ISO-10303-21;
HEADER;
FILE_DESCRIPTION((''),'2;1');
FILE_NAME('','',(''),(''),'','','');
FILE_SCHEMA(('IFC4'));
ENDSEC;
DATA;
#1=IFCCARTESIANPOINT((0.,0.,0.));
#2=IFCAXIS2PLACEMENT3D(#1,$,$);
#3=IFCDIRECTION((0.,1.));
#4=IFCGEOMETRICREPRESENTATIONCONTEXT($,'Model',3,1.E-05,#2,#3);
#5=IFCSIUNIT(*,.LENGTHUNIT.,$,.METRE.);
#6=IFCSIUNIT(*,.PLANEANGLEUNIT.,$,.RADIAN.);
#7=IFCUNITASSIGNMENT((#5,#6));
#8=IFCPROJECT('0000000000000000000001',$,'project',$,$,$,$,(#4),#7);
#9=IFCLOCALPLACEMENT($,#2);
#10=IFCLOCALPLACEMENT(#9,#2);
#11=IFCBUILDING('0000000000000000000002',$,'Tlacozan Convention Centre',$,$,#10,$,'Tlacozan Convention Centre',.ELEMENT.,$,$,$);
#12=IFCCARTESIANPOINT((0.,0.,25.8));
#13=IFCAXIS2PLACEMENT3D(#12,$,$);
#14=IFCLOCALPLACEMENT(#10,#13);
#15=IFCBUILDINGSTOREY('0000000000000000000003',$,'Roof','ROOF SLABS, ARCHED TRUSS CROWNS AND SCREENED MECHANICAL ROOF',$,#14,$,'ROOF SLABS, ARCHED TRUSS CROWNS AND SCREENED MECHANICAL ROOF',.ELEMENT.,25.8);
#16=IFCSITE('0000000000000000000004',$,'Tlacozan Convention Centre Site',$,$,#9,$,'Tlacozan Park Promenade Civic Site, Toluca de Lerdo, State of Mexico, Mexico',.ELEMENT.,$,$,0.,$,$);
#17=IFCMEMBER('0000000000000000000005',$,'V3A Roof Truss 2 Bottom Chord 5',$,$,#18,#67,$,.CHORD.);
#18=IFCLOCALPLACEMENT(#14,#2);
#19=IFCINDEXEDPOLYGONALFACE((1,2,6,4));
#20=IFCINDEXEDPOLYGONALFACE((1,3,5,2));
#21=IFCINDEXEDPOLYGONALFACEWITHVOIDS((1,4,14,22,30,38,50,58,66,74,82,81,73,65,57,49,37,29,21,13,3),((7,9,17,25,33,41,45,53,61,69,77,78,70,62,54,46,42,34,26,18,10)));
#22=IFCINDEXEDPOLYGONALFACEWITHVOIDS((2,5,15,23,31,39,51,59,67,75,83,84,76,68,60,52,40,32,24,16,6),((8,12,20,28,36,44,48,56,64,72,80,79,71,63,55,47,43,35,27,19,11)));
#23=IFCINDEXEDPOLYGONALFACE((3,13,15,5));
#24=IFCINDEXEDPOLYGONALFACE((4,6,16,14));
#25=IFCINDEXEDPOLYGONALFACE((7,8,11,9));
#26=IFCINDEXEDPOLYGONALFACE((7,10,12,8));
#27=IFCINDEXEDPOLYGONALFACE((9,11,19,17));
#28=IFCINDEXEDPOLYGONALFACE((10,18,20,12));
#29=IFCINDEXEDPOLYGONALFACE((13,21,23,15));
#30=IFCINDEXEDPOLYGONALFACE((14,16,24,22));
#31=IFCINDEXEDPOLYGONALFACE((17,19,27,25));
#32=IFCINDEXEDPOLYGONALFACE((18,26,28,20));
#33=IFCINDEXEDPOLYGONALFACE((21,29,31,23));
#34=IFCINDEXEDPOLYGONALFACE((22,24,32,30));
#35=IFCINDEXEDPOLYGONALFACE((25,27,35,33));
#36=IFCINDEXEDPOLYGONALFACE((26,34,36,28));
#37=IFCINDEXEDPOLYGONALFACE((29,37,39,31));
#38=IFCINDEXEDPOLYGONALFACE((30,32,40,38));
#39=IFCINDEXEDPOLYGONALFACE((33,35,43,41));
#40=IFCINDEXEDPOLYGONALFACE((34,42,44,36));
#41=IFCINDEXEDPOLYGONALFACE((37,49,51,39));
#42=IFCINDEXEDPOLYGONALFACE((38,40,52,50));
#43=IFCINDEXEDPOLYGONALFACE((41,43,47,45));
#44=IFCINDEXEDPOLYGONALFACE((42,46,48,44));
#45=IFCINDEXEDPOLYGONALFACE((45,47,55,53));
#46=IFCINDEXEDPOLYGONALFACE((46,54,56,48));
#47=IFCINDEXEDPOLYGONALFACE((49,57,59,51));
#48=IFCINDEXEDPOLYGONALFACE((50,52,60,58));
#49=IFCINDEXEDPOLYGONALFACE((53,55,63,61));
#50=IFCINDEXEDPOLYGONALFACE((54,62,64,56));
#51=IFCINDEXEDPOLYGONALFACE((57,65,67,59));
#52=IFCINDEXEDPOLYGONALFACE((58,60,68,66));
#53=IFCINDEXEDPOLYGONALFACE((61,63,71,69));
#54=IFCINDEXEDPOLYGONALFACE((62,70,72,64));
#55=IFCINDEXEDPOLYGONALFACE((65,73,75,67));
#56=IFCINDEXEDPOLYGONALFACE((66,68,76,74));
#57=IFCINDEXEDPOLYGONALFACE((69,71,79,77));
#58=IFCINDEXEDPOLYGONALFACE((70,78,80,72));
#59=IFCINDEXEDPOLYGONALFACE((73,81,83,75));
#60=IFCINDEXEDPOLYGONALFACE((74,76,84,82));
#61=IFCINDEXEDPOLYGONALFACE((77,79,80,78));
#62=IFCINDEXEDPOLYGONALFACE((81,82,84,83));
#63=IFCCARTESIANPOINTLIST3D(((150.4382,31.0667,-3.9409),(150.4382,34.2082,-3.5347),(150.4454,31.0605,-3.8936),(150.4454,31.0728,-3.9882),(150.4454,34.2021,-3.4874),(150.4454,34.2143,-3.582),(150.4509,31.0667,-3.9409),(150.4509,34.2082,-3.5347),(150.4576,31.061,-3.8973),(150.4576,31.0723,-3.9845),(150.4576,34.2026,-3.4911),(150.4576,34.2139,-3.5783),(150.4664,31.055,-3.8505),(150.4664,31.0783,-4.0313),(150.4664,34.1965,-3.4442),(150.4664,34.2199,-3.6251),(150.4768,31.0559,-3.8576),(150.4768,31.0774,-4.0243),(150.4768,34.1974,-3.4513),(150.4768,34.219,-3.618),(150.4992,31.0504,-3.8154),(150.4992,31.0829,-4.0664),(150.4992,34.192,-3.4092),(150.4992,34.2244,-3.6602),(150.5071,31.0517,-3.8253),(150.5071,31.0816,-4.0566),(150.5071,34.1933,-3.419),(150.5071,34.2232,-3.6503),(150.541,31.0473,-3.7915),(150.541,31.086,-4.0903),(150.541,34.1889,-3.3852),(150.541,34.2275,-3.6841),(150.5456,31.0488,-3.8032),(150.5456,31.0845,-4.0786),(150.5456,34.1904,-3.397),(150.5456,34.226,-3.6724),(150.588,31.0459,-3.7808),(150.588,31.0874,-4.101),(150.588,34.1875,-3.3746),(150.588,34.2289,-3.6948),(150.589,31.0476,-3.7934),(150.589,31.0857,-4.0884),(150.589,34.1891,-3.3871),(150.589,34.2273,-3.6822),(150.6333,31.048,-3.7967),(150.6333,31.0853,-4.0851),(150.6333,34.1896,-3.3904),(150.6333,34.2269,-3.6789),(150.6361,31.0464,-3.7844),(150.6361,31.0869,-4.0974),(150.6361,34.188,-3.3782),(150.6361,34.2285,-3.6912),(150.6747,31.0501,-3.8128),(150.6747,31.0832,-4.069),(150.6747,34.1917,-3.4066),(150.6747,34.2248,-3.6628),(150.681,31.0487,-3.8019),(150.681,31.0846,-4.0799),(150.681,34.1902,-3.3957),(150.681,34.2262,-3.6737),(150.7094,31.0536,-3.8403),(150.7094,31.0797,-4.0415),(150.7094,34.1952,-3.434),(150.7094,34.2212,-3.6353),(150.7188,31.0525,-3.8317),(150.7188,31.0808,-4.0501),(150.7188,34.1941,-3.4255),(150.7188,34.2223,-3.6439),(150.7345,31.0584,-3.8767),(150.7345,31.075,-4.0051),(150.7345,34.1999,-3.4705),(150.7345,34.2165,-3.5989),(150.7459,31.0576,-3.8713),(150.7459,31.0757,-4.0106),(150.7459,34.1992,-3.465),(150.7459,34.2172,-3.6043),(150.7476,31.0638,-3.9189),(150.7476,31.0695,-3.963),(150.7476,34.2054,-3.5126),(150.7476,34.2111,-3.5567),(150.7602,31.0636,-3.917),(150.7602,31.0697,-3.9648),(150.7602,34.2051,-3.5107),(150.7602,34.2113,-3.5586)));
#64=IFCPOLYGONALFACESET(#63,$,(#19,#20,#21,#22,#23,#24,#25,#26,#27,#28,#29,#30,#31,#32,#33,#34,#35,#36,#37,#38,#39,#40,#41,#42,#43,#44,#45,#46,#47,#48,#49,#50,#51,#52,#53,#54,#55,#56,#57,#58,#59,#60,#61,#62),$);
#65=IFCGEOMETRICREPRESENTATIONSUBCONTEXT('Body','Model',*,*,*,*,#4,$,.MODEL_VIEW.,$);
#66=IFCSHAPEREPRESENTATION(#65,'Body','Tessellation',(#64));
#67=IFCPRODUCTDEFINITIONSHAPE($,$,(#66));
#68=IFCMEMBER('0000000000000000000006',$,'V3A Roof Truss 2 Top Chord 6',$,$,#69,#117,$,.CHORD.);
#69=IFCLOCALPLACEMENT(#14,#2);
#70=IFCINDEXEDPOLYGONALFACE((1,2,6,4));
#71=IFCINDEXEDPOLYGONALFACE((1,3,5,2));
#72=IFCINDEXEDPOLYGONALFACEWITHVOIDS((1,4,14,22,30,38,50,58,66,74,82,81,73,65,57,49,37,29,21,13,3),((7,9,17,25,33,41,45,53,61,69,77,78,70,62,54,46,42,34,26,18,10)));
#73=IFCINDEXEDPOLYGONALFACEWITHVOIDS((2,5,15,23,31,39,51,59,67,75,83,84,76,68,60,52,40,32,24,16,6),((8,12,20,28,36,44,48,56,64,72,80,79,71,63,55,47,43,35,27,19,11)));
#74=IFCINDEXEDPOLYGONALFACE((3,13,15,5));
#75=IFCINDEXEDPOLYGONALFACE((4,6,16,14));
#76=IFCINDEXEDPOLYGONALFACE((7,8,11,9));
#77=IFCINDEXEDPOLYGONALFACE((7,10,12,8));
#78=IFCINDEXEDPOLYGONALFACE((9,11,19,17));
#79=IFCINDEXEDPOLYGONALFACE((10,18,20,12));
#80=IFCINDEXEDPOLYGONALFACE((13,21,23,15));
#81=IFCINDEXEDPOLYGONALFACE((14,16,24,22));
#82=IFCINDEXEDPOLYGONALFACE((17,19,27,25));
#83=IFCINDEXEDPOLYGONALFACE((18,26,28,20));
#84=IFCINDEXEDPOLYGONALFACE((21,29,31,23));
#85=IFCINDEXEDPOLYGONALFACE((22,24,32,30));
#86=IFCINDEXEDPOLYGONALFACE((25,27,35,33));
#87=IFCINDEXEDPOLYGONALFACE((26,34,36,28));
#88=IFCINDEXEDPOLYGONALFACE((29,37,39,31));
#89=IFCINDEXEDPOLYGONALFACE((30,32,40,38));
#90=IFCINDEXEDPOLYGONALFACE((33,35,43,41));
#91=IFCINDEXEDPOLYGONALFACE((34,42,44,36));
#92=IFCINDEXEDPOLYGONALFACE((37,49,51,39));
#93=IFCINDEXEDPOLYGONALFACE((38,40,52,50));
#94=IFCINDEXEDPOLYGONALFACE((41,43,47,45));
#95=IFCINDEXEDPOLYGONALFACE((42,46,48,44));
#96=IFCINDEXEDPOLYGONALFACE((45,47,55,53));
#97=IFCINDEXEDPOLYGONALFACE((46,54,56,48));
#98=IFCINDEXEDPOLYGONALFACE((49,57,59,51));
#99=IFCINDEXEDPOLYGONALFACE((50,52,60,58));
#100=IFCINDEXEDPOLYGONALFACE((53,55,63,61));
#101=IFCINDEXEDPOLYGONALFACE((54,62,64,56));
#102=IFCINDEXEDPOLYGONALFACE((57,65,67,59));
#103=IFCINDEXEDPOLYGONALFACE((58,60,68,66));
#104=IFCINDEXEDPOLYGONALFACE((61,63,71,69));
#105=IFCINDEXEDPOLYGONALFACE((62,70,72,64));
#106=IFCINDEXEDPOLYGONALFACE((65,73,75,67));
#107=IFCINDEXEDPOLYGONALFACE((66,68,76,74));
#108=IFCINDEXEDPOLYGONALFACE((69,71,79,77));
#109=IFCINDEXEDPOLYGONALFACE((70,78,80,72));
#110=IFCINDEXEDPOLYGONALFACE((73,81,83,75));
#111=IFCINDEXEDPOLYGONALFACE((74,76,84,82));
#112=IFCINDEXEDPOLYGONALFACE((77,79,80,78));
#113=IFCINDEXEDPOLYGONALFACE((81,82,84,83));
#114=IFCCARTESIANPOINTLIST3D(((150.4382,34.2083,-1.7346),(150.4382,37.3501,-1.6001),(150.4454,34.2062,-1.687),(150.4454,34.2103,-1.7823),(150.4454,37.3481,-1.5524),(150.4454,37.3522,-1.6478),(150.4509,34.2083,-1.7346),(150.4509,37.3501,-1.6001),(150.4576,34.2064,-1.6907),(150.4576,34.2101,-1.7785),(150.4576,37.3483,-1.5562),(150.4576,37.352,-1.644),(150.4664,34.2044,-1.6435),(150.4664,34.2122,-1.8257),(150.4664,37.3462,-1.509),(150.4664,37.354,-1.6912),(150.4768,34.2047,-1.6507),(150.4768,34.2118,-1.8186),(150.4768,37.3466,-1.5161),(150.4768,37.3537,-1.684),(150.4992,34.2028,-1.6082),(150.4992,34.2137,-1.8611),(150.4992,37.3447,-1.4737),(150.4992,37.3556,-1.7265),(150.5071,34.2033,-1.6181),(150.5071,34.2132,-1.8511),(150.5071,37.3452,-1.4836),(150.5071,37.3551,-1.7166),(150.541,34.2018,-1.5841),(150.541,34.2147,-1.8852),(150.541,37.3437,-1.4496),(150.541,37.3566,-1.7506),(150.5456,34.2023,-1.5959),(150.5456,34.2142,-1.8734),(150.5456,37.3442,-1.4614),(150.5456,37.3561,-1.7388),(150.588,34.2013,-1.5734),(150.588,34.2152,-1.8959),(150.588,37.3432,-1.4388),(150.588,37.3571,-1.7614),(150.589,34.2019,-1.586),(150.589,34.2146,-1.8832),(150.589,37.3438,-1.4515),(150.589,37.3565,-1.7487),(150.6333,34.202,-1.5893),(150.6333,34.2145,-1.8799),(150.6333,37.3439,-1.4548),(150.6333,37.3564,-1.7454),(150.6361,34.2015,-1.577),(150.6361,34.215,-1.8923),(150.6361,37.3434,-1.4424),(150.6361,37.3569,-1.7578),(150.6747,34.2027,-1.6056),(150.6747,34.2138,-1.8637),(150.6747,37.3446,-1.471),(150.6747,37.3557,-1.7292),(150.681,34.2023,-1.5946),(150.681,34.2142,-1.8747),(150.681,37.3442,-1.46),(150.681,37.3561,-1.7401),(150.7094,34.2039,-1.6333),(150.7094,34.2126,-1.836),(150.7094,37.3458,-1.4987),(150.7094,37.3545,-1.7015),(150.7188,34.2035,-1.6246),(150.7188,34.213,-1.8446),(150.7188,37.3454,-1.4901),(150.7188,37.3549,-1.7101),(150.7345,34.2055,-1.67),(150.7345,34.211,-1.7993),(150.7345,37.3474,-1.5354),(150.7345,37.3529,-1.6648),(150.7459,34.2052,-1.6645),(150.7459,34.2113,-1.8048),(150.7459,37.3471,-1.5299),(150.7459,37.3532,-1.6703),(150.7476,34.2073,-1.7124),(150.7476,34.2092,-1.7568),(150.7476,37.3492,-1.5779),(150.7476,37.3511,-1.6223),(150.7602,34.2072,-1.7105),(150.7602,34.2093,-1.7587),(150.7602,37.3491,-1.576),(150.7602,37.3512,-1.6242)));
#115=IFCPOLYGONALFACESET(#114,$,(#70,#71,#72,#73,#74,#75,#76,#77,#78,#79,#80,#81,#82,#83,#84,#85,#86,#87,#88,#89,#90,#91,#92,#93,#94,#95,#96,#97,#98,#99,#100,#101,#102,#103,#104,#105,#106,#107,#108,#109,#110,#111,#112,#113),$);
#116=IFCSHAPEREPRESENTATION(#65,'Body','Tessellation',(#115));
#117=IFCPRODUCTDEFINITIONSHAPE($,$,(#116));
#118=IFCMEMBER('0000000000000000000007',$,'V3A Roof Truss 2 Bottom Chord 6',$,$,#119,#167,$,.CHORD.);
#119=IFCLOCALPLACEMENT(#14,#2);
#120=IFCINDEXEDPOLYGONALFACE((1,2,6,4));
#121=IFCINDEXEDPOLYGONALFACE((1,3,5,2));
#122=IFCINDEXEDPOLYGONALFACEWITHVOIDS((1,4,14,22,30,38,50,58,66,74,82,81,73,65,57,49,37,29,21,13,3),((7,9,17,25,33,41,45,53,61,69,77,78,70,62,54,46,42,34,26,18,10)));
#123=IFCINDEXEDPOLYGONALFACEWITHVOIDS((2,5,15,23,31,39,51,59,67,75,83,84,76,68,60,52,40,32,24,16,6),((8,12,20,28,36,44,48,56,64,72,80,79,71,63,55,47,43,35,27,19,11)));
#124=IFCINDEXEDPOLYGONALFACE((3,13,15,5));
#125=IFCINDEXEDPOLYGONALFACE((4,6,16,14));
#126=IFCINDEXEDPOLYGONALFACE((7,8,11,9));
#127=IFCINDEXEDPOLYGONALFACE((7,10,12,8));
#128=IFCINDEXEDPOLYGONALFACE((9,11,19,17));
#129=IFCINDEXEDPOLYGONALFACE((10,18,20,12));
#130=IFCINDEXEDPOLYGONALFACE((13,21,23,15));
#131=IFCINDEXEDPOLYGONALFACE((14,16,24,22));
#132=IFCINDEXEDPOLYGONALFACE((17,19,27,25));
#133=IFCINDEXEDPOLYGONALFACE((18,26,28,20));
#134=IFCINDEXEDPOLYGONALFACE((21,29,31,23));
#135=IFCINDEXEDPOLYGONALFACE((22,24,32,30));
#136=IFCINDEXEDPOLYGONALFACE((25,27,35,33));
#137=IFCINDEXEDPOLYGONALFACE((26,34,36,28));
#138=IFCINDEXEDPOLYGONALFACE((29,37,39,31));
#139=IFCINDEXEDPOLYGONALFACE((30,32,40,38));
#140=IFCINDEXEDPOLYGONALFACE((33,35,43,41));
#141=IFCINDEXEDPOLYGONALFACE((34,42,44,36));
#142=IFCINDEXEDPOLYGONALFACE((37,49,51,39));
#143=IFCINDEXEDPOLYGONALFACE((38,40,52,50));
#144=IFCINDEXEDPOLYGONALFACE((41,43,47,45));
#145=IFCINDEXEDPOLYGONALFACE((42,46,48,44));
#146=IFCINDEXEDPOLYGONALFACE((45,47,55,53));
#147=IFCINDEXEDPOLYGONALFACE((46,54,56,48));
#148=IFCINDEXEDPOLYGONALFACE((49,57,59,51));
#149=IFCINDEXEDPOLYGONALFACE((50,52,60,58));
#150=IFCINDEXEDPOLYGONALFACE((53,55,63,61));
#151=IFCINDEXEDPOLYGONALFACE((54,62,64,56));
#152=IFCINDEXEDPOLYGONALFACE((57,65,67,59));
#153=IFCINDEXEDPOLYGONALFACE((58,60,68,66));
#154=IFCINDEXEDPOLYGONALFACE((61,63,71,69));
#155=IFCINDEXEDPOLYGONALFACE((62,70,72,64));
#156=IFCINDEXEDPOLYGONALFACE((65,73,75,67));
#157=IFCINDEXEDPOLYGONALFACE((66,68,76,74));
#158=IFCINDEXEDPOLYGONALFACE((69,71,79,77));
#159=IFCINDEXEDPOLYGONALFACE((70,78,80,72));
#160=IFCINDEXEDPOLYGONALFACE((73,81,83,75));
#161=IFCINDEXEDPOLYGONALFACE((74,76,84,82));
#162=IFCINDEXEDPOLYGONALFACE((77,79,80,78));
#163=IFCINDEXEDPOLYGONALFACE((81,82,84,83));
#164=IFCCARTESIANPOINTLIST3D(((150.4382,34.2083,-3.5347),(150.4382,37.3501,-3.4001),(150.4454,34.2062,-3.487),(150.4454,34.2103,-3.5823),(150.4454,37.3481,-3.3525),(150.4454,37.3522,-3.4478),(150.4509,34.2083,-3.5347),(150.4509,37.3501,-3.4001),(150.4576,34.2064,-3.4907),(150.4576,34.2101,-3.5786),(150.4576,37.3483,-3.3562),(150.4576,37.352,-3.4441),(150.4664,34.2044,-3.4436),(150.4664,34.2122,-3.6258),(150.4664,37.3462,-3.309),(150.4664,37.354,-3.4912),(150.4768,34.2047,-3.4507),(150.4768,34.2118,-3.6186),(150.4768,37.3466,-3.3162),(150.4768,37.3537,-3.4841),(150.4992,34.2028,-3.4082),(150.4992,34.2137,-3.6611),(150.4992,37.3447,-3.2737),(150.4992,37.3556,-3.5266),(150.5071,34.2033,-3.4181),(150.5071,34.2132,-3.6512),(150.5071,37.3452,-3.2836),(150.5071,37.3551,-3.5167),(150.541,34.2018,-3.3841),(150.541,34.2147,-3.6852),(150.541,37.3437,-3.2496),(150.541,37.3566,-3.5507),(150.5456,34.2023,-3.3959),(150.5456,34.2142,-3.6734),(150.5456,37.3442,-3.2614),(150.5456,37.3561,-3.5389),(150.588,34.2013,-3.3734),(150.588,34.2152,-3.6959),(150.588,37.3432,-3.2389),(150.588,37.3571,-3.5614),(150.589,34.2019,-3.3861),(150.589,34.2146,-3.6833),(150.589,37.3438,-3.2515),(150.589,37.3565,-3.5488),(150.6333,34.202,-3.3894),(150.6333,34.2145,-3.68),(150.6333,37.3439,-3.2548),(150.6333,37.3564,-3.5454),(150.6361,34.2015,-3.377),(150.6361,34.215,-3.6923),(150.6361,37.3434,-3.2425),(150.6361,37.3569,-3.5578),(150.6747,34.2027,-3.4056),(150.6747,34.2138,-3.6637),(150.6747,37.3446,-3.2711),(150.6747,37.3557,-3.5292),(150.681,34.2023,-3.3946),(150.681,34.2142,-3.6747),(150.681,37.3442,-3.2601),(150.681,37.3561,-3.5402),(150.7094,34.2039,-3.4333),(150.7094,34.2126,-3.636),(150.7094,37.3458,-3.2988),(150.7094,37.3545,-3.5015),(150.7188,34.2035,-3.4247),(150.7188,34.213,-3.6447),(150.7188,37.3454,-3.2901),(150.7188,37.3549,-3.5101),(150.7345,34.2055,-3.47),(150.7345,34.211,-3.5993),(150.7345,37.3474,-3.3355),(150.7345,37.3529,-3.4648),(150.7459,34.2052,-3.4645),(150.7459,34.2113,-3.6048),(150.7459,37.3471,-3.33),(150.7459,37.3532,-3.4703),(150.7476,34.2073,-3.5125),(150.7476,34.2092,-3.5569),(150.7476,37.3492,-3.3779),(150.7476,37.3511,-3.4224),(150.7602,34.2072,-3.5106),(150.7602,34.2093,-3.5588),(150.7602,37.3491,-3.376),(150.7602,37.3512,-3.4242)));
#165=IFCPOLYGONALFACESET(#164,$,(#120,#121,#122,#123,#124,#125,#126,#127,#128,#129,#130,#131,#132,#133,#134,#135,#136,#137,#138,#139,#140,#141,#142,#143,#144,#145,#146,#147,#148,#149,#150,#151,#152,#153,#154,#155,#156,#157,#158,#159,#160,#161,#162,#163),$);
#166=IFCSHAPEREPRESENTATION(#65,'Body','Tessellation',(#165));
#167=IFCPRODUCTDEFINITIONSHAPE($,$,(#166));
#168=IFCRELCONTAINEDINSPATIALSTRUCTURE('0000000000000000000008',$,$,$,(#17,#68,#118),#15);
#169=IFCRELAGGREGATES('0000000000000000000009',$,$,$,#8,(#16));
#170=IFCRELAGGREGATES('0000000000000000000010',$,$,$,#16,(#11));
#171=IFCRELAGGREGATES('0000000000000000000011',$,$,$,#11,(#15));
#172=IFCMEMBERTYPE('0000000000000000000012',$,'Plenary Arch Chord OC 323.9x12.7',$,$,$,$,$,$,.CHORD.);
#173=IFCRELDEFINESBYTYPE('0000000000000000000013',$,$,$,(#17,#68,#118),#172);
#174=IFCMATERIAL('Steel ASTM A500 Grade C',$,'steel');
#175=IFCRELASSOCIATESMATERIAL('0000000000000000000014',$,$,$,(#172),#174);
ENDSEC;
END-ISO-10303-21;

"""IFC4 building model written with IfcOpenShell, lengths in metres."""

from ifc_helpers import new_model, si_unit, direction, frame, origin, origin_2d, place, context, subcontext, project, spatial, hollow_circle, extrude, material, material_profile, profile_set, type_object, element, save


model = new_model("IFC4")

# Units and contexts
model_context = context("Model", 3, precision=1e-05, world=origin(), true_north=direction((0.0, 1.0)))
body_context = subcontext(model_context, "Body", "Model", "MODEL_VIEW")
ifc_project = project(units=[si_unit("LENGTHUNIT", "METRE"), si_unit("PLANEANGLEUNIT", "RADIAN")], contexts=[model_context])

# Site, building, storey
site_placement = place(None, origin())
site = spatial("IfcSite", under=ifc_project, at=site_placement, Name="Tlacozan Convention Centre Site", LongName="Tlacozan Park Promenade Civic Site, Toluca de Lerdo, State of Mexico, Mexico", CompositionType="ELEMENT", RefElevation=0.0)
building_placement = place(site_placement, origin())
building = spatial("IfcBuilding", under=site, at=building_placement, Name="Tlacozan Convention Centre", LongName="Tlacozan Convention Centre", CompositionType="ELEMENT")
storey_placement = place(building_placement, frame((0.0, 0.0, 25.8)))
storey = spatial("IfcBuildingStorey", under=building, at=storey_placement, Name="Roof", Description="ROOF SLABS, ARCHED TRUSS CROWNS AND SCREENED MECHANICAL ROOF", LongName="ROOF SLABS, ARCHED TRUSS CROWNS AND SCREENED MECHANICAL ROOF", CompositionType="ELEMENT", Elevation=25.8)

# Members
ifc_material_1 = material(Name="Steel ASTM A500 Grade C", Category="steel")
ifc_material_profile_1 = material_profile(ifc_material_1, hollow_circle(Radius=0.1619, WallThickness=0.0127, at=origin_2d()), Name="OC 323.9x12.7")
ifc_profile_set_1 = profile_set([ifc_material_profile_1], Name="Steel ASTM A500 Grade C")
member_type_1 = type_object("IfcMemberType", Name="Plenary Arch Chord OC 323.9x12.7", PredefinedType="CHORD", material=ifc_profile_set_1)
for number, where, z_axis, x_axis, name in (
    (1, (150.6001, 31.0667, -3.9409), (0.0, 0.991742, 0.128245), (-1.0, 0.0, 0.0), "V3A Roof Truss 2 Bottom Chord 5"),
):
    element("IfcMember", number, at=place(storey_placement, frame(where, z_axis=z_axis, x_axis=x_axis)), inside=storey, type_object=member_type_1, Name=name, PredefinedType="CHORD", context=body_context, shape_type="SweptSolid", body=[
        extrude(hollow_circle(Radius=0.1619, WallThickness=0.0127, at=origin_2d()), origin(), (0.0, 0.0, 1.0), 3.1677),
    ])
for number, where, z_axis, x_axis, name in (
    (2, (150.6001, 34.2083, -1.7346), (0.0, 0.999085, 0.042777), (-1.0, 0.0, 0.0), "V3A Roof Truss 2 Top Chord 6"),
    (3, (150.6001, 34.2083, -3.5347), (0.0, 0.999085, 0.042777), (-1.0, 0.0, 0.0), "V3A Roof Truss 2 Bottom Chord 6"),
):
    element("IfcMember", number, at=place(storey_placement, frame(where, z_axis=z_axis, x_axis=x_axis)), inside=storey, type_object=member_type_1, Name=name, PredefinedType="CHORD", context=body_context, shape_type="SweptSolid", body=[
        extrude(hollow_circle(Radius=0.1619, WallThickness=0.0127, at=origin_2d()), origin(), (0.0, 0.0, 1.0), 3.1448),
    ])

save(model, "model.ifc")
